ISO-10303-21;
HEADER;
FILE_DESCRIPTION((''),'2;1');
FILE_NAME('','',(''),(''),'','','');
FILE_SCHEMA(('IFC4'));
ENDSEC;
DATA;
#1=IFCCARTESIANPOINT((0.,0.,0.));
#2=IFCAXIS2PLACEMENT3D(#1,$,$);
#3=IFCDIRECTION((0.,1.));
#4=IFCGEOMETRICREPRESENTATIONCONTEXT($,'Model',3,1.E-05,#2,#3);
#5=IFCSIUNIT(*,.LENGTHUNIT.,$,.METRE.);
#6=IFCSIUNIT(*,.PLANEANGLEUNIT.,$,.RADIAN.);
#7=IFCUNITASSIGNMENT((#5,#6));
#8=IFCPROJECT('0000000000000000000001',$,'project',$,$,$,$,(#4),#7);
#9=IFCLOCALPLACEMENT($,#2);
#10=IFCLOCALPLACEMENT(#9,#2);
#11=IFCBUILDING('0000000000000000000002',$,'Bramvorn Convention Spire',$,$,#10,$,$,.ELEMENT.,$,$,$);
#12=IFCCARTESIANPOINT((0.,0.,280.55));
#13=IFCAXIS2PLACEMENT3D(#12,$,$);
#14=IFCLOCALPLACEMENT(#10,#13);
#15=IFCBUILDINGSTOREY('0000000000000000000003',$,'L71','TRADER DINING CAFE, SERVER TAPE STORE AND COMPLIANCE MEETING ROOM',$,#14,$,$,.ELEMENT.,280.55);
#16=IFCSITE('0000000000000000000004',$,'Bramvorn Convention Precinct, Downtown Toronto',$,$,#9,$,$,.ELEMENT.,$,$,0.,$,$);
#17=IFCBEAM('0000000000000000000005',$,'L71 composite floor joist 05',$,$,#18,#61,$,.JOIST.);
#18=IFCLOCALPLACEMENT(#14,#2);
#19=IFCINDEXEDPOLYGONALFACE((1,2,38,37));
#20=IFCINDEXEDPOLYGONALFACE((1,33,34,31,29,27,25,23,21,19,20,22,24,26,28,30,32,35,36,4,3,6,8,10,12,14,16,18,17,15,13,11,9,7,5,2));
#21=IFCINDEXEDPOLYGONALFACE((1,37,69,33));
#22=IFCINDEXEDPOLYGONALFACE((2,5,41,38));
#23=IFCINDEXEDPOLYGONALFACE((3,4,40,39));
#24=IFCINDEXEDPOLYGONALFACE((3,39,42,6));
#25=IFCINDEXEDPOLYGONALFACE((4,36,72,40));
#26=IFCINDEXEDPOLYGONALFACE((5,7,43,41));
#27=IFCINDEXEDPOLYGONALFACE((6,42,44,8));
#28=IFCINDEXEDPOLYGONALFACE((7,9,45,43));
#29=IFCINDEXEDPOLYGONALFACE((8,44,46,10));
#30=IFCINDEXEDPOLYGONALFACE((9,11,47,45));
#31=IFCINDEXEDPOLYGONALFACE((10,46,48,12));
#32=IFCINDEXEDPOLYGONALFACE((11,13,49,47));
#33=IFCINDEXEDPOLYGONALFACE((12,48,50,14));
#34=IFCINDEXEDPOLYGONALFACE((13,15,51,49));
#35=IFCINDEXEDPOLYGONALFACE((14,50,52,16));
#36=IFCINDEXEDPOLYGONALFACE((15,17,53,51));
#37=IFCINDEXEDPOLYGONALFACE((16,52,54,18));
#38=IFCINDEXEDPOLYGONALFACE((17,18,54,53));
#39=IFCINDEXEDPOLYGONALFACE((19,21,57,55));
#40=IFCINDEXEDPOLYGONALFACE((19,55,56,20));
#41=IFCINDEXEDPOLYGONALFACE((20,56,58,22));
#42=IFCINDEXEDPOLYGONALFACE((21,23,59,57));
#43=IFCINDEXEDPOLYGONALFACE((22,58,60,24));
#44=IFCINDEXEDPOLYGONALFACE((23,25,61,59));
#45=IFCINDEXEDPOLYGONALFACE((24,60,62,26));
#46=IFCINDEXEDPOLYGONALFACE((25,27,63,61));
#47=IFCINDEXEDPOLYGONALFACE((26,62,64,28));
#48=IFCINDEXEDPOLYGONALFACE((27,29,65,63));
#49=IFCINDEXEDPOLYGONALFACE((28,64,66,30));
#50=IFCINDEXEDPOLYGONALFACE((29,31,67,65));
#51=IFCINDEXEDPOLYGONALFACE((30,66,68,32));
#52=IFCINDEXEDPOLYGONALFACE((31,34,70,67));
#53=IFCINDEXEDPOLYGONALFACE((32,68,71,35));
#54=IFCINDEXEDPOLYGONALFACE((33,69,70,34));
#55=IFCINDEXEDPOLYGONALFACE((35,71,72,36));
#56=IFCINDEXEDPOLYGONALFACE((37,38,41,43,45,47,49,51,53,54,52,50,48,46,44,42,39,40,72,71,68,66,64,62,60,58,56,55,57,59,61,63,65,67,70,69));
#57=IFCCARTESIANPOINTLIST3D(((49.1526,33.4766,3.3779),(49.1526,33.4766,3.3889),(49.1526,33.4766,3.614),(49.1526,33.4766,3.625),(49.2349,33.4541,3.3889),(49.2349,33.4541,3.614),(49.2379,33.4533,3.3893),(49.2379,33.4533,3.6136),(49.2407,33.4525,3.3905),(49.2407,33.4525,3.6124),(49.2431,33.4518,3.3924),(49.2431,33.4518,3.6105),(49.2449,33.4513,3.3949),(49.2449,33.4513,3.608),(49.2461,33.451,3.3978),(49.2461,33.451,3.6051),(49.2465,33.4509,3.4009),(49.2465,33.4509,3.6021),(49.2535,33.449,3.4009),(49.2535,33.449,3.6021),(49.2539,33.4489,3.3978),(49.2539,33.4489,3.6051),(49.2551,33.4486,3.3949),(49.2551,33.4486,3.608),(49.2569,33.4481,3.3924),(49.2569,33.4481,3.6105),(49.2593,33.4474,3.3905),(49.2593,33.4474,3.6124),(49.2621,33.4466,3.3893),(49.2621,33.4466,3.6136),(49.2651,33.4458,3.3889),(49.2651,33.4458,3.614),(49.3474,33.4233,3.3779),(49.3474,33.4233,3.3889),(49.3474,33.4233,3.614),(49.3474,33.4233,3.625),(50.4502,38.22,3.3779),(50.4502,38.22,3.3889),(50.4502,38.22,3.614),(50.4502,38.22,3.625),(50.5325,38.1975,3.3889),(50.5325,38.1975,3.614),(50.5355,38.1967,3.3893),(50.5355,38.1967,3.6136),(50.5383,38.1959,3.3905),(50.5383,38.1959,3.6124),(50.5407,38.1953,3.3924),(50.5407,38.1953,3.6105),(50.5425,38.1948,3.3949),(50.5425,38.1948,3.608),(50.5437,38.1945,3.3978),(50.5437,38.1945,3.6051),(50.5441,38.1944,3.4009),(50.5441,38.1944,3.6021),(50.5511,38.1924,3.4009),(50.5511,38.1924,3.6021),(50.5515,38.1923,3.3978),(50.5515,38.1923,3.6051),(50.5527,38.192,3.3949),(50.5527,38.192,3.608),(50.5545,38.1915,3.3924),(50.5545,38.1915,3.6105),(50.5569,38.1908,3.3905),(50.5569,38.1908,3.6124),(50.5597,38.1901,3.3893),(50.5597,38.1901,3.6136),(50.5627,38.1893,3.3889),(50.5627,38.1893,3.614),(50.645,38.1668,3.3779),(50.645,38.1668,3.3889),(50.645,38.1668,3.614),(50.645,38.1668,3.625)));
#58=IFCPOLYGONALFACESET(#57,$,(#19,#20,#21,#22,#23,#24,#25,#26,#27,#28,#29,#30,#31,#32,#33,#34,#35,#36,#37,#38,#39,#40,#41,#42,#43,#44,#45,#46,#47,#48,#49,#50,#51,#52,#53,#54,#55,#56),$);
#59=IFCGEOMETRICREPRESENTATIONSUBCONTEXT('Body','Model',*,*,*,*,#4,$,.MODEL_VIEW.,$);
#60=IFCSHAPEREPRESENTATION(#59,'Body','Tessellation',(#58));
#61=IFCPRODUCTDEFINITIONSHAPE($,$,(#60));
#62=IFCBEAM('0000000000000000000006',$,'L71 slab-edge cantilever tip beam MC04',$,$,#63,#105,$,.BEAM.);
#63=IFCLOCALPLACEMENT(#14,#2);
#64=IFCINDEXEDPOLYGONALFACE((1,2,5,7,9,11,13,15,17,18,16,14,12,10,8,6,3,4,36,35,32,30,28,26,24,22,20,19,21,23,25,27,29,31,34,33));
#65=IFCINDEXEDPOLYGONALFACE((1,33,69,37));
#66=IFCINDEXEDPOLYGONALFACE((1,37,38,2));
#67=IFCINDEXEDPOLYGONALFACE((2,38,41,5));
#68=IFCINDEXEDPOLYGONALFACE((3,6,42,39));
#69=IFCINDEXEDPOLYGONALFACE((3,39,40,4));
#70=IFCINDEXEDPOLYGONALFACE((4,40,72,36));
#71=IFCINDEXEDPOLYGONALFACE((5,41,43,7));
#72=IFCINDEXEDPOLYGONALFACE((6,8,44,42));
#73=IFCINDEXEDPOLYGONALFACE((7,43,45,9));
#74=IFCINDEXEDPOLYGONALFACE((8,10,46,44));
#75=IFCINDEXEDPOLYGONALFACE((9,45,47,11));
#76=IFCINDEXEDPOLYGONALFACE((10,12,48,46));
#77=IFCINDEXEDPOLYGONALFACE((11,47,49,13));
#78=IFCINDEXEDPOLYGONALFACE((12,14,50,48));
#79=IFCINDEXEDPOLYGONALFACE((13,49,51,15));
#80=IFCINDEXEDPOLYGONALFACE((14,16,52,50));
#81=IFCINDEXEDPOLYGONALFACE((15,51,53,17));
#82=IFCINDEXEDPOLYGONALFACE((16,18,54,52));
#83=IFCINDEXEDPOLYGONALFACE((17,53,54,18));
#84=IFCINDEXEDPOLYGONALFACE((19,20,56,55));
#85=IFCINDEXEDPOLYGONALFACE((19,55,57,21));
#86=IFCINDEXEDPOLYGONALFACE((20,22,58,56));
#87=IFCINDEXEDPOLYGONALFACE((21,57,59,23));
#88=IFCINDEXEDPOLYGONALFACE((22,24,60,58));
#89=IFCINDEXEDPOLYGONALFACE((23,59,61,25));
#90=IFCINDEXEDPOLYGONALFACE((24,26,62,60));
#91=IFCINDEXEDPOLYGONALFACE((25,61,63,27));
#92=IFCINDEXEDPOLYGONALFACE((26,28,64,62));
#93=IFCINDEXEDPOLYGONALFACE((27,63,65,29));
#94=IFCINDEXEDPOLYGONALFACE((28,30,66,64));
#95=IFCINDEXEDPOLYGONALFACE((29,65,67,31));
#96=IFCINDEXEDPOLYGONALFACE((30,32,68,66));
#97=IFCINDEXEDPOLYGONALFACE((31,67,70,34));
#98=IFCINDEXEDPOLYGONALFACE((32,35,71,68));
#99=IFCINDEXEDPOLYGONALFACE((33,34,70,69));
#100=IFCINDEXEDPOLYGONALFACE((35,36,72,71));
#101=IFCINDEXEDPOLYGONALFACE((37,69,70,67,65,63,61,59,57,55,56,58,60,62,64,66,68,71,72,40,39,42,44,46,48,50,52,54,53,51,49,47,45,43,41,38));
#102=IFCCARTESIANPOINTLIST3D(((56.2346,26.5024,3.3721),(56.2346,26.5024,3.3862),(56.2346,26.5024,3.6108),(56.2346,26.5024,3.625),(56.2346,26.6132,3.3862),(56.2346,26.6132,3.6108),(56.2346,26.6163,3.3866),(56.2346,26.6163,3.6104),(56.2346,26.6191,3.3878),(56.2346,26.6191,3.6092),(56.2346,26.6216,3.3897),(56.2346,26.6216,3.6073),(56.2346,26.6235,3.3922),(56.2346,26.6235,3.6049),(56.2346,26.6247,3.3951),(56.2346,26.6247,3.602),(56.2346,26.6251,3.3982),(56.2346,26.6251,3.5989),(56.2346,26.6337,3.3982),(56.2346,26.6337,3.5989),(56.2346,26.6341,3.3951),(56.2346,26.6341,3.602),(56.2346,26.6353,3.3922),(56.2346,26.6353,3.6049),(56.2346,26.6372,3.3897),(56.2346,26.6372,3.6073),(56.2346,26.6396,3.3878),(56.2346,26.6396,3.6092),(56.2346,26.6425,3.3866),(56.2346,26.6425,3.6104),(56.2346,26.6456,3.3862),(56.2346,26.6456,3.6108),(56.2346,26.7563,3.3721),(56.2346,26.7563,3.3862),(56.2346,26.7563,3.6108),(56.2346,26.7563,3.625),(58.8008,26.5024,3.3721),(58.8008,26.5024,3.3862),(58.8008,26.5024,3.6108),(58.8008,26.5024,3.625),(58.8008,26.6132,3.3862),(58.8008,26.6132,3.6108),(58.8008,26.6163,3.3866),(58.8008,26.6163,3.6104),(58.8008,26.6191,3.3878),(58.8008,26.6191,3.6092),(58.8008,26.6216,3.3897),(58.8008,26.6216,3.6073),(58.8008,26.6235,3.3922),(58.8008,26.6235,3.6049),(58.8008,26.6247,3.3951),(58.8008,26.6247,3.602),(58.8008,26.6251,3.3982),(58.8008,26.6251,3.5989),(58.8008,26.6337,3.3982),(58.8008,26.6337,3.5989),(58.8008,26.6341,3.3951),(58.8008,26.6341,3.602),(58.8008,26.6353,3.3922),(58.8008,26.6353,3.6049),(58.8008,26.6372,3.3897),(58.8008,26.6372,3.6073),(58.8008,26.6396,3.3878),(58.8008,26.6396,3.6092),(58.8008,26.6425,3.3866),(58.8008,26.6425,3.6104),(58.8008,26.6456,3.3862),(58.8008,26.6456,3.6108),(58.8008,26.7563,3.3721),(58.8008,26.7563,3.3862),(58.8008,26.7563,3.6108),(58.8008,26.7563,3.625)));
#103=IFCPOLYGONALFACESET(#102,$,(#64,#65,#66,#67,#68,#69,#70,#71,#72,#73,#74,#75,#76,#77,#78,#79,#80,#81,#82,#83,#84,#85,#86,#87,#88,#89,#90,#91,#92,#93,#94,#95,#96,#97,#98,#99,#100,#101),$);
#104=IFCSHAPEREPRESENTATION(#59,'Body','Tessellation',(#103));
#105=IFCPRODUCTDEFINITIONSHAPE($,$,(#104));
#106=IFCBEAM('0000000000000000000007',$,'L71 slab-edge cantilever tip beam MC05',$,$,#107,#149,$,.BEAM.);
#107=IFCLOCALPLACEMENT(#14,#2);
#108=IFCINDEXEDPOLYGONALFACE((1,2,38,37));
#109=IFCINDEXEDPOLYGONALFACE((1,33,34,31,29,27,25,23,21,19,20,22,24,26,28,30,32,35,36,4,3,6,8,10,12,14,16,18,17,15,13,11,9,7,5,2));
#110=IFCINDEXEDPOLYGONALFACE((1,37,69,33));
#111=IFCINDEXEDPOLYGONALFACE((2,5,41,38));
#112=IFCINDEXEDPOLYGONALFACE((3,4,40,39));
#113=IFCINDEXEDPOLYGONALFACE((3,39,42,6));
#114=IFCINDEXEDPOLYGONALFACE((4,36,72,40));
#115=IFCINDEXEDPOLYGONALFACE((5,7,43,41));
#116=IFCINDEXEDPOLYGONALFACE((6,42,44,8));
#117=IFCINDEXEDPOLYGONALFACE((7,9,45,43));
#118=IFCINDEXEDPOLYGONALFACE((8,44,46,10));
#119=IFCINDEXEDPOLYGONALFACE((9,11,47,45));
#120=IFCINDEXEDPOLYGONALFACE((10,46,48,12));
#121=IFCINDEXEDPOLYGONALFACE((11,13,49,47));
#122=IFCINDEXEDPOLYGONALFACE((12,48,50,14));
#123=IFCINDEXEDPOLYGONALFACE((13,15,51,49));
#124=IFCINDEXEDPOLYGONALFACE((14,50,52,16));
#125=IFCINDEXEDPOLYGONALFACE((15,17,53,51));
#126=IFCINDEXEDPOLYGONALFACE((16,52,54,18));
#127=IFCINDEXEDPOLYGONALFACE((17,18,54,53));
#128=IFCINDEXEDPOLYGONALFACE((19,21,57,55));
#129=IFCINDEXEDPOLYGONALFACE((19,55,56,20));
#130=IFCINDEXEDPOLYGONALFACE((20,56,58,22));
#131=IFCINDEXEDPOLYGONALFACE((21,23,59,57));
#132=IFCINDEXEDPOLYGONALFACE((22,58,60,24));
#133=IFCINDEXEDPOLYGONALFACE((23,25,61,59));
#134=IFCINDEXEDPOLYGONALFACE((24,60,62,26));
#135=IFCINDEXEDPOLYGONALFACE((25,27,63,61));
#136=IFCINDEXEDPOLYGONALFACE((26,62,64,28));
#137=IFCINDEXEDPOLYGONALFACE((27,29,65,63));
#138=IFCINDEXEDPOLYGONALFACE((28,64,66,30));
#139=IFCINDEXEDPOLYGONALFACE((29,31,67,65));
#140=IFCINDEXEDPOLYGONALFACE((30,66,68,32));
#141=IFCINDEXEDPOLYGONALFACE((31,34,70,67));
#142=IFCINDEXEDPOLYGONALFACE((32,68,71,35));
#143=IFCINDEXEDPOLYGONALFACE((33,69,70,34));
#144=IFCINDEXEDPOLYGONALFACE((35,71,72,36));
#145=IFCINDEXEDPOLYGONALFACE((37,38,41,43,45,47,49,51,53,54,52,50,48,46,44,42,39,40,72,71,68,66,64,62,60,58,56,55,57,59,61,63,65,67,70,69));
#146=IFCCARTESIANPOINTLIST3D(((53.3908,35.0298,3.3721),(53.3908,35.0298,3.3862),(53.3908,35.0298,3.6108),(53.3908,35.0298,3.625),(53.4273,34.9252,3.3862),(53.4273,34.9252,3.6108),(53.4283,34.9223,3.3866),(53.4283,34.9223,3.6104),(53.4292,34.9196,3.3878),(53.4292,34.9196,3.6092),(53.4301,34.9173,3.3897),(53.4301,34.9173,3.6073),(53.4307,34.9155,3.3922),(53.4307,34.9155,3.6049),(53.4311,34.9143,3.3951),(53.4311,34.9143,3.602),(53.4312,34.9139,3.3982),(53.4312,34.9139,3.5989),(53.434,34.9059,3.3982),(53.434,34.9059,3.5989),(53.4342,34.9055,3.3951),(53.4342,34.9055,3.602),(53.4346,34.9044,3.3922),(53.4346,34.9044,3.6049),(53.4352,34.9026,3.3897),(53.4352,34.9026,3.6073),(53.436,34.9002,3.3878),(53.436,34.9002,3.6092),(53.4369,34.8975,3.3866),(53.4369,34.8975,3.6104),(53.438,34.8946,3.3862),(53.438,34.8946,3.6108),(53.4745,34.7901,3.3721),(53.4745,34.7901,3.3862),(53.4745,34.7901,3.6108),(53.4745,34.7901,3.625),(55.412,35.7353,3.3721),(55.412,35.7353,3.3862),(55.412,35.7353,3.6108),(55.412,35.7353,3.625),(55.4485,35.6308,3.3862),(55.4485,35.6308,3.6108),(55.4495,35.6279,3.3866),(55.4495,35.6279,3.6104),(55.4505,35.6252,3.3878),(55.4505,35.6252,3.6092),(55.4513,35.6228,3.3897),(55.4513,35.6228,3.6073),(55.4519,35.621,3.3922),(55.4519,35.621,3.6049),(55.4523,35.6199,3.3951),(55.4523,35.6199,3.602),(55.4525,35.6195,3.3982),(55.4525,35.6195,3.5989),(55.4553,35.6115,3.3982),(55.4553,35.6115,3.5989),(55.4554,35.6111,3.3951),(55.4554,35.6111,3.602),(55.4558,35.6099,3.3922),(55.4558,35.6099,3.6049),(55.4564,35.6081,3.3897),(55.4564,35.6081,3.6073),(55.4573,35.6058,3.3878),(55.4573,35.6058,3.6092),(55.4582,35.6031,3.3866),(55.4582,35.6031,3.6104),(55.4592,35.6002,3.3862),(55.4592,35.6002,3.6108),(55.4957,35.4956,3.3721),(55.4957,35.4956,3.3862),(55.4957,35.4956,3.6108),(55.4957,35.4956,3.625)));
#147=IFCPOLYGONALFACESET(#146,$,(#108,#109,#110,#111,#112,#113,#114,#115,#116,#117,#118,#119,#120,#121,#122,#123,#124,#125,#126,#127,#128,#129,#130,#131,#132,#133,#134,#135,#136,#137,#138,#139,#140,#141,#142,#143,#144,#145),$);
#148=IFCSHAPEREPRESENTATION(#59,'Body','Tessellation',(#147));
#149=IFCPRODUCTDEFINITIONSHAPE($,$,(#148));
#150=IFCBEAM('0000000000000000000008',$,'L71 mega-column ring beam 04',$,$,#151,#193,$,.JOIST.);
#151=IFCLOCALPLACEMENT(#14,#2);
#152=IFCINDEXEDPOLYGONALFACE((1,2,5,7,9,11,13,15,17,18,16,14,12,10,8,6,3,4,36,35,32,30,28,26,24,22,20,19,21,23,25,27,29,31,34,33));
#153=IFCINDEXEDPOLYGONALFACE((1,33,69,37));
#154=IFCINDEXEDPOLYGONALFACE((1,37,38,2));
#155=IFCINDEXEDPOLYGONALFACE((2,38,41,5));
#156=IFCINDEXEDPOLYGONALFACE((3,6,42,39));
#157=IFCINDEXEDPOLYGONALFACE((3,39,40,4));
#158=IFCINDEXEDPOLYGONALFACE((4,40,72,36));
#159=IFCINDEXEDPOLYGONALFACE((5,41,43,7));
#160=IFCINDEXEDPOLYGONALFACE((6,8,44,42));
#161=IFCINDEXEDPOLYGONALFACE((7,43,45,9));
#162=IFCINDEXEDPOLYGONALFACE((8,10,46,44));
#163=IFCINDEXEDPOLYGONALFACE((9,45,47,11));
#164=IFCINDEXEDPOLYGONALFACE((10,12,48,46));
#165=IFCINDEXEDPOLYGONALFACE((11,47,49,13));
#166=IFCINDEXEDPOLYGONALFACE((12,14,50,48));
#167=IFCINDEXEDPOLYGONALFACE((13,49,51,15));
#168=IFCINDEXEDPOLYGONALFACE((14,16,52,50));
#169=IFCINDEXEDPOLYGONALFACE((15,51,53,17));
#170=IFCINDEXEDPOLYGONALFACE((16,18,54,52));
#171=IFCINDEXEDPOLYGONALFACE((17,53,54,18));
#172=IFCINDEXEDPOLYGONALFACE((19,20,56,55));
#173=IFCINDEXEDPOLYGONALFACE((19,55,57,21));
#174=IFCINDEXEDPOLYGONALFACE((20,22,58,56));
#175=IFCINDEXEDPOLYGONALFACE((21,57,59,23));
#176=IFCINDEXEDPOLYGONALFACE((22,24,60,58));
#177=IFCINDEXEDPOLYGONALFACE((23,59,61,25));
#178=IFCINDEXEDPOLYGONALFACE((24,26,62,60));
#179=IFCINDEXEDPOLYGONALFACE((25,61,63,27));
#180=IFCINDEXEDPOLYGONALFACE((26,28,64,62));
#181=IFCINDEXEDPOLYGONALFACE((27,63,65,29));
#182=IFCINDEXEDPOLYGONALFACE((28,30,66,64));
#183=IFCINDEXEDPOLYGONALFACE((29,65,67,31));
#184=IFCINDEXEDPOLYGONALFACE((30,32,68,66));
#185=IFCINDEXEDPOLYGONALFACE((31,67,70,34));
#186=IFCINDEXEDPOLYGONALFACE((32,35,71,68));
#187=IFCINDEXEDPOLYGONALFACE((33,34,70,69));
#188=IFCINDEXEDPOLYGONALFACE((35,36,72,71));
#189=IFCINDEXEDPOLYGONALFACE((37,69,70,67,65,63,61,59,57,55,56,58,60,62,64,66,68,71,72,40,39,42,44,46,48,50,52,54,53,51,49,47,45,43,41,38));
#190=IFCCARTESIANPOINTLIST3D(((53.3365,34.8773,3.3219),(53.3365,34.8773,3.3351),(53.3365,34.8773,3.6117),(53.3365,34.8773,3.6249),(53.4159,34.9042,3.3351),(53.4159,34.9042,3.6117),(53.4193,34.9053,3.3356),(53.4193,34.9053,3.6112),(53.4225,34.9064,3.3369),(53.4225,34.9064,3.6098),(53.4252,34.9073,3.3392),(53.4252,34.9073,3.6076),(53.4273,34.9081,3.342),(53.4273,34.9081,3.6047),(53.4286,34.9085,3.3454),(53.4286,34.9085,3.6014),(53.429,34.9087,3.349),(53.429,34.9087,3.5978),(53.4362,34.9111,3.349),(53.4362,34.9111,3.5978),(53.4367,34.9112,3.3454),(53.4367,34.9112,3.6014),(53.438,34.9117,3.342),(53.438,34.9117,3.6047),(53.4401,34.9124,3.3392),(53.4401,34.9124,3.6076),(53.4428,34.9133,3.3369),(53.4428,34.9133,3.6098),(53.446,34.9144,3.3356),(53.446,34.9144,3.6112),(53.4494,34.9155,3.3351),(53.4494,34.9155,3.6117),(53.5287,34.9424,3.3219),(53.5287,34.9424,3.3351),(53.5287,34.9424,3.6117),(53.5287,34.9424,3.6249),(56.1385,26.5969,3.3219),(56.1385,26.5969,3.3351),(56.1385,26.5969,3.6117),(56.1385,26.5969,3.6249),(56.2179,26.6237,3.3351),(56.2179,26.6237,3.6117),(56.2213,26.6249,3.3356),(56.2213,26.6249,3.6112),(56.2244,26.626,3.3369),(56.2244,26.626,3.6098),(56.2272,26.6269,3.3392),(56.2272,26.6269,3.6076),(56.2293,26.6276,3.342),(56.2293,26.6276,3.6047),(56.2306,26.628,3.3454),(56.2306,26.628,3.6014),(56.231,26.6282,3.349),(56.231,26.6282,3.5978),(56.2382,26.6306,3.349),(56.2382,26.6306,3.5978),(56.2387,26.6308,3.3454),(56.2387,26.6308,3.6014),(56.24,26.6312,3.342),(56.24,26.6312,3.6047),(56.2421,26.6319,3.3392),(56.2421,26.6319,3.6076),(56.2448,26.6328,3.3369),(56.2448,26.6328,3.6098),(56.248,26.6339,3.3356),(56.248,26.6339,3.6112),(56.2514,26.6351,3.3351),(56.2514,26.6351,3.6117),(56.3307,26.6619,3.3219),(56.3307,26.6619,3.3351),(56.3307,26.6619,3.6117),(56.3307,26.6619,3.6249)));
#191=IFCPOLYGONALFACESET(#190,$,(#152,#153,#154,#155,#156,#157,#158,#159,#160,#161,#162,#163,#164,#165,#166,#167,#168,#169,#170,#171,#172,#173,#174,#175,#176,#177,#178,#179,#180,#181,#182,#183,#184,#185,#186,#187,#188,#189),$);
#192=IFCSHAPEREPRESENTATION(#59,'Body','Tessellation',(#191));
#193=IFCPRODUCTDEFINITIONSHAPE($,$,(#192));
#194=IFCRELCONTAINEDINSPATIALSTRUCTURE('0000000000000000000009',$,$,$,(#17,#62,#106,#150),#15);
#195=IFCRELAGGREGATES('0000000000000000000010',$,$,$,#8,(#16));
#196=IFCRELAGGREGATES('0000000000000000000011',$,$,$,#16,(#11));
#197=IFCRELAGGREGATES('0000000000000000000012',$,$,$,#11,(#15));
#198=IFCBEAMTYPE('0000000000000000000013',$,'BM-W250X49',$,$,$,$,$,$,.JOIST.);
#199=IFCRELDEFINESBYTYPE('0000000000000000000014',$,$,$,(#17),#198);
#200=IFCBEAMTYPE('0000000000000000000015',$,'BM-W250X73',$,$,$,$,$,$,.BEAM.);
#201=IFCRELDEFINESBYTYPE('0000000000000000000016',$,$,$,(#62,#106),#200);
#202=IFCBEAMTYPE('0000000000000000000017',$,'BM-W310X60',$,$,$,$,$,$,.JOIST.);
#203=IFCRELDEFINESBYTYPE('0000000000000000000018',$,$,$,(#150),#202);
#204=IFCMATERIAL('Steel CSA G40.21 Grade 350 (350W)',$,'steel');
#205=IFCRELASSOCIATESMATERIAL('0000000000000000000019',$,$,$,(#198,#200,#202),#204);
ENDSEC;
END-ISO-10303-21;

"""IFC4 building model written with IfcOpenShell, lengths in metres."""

from ifc_helpers import new_model, si_unit, direction, frame, origin, origin_2d, place, context, subcontext, project, spatial, i_section, extrude, material, material_profile, profile_set, type_object, element, save


model = new_model("IFC4")

# Units and contexts
model_context = context("Model", 3, precision=1e-05, world=origin(), true_north=direction((0.0, 1.0)))
body_context = subcontext(model_context, "Body", "Model", "MODEL_VIEW")
ifc_project = project(units=[si_unit("LENGTHUNIT", "METRE"), si_unit("PLANEANGLEUNIT", "RADIAN")], contexts=[model_context])

# Site, building, storey
site_placement = place(None, origin())
site = spatial("IfcSite", under=ifc_project, at=site_placement, Name="Bramvorn Convention Precinct, Downtown Toronto", CompositionType="ELEMENT", RefElevation=0.0)
building_placement = place(site_placement, origin())
building = spatial("IfcBuilding", under=site, at=building_placement, Name="Bramvorn Convention Spire", CompositionType="ELEMENT")
storey_placement = place(building_placement, frame((0.0, 0.0, 280.55)))
storey = spatial("IfcBuildingStorey", under=building, at=storey_placement, Name="L71", Description="TRADER DINING CAFE, SERVER TAPE STORE AND COMPLIANCE MEETING ROOM", CompositionType="ELEMENT", Elevation=280.55)

# Shared definitions
ifc_material_1 = material(Name="Steel CSA G40.21 Grade 350 (350W)", Category="steel")

# Beams
ifc_material_profile_1 = material_profile(ifc_material_1, i_section(OverallWidth=0.2019, OverallDepth=0.2471, WebThickness=0.0073, FlangeThickness=0.011, FilletRadius=0.012, at=origin_2d()))
ifc_profile_set_1 = profile_set([ifc_material_profile_1], Name="Steel CSA G40.21 Grade 350 (350W) - W250X49")
beam_type_1 = type_object("IfcBeamType", Name="BM-W250X49", PredefinedType="JOIST", material=ifc_profile_set_1)
beam_1_placement = place(storey_placement, frame((49.25, 33.45, 3.5015), z_axis=(0.263865, 0.96456, 0.0), x_axis=(-0.96456, 0.263865, 0.0)))
element("IfcBeam", 1, at=beam_1_placement, inside=storey, type_object=beam_type_1, Name="L71 composite floor joist 05", PredefinedType="JOIST", context=body_context, shape_type="SweptSolid", body=[
    extrude(i_section(OverallWidth=0.2019, OverallDepth=0.2471, WebThickness=0.0073, FlangeThickness=0.011, FilletRadius=0.012, at=origin_2d()), origin(), (0.0, 0.0, 1.0), 4.9177),
])
ifc_material_profile_2 = material_profile(ifc_material_1, i_section(OverallWidth=0.2539, OverallDepth=0.2529, WebThickness=0.0085, FlangeThickness=0.0142, FilletRadius=0.012, at=origin_2d()))
ifc_profile_set_2 = profile_set([ifc_material_profile_2], Name="Steel CSA G40.21 Grade 350 (350W) - W250X73")
beam_type_2 = type_object("IfcBeamType", Name="BM-W250X73", PredefinedType="BEAM", material=ifc_profile_set_2)
beam_2_placement = place(storey_placement, frame((56.2346, 26.6294, 3.4985), z_axis=(1.0, 0.0, 0.0), x_axis=(0.0, 1.0, 0.0)))
element("IfcBeam", 2, at=beam_2_placement, inside=storey, type_object=beam_type_2, Name="L71 slab-edge cantilever tip beam MC04", PredefinedType="BEAM", context=body_context, shape_type="SweptSolid", body=[
    extrude(i_section(OverallWidth=0.2539, OverallDepth=0.2529, WebThickness=0.0085, FlangeThickness=0.0142, FilletRadius=0.012, at=origin_2d()), origin(), (0.0, 0.0, 1.0), 2.5662),
])
beam_3_placement = place(storey_placement, frame((53.4326, 34.9099, 3.4985), z_axis=(0.94413, 0.329573, 0.0), x_axis=(-0.329573, 0.94413, 0.0)))
element("IfcBeam", 3, at=beam_3_placement, inside=storey, type_object=beam_type_2, Name="L71 slab-edge cantilever tip beam MC05", PredefinedType="BEAM", context=body_context, shape_type="SweptSolid", body=[
    extrude(i_section(OverallWidth=0.2539, OverallDepth=0.2529, WebThickness=0.0085, FlangeThickness=0.0142, FilletRadius=0.012, at=origin_2d()), origin(), (0.0, 0.0, 1.0), 2.1409),
])
ifc_material_profile_3 = material_profile(ifc_material_1, i_section(OverallWidth=0.2029, OverallDepth=0.303, WebThickness=0.0076, FlangeThickness=0.0132, FilletRadius=0.0139, at=origin_2d()))
ifc_profile_set_3 = profile_set([ifc_material_profile_3], Name="Steel CSA G40.21 Grade 350 (350W) - W310X60")
beam_type_3 = type_object("IfcBeamType", Name="BM-W310X60", PredefinedType="JOIST", material=ifc_profile_set_3)
beam_4_placement = place(storey_placement, frame((56.2346, 26.6294, 3.4734), z_axis=(-0.320531, 0.947238, 0.0), x_axis=(-0.947238, -0.320531, 0.0)))
element("IfcBeam", 4, at=beam_4_placement, inside=storey, type_object=beam_type_3, Name="L71 mega-column ring beam 04", PredefinedType="JOIST", context=body_context, shape_type="SweptSolid", body=[
    extrude(i_section(OverallWidth=0.2029, OverallDepth=0.303, WebThickness=0.0076, FlangeThickness=0.0132, FilletRadius=0.0139, at=origin_2d()), origin(), (0.0, 0.0, 1.0), 8.7417),
])

save(model, "model.ifc")
